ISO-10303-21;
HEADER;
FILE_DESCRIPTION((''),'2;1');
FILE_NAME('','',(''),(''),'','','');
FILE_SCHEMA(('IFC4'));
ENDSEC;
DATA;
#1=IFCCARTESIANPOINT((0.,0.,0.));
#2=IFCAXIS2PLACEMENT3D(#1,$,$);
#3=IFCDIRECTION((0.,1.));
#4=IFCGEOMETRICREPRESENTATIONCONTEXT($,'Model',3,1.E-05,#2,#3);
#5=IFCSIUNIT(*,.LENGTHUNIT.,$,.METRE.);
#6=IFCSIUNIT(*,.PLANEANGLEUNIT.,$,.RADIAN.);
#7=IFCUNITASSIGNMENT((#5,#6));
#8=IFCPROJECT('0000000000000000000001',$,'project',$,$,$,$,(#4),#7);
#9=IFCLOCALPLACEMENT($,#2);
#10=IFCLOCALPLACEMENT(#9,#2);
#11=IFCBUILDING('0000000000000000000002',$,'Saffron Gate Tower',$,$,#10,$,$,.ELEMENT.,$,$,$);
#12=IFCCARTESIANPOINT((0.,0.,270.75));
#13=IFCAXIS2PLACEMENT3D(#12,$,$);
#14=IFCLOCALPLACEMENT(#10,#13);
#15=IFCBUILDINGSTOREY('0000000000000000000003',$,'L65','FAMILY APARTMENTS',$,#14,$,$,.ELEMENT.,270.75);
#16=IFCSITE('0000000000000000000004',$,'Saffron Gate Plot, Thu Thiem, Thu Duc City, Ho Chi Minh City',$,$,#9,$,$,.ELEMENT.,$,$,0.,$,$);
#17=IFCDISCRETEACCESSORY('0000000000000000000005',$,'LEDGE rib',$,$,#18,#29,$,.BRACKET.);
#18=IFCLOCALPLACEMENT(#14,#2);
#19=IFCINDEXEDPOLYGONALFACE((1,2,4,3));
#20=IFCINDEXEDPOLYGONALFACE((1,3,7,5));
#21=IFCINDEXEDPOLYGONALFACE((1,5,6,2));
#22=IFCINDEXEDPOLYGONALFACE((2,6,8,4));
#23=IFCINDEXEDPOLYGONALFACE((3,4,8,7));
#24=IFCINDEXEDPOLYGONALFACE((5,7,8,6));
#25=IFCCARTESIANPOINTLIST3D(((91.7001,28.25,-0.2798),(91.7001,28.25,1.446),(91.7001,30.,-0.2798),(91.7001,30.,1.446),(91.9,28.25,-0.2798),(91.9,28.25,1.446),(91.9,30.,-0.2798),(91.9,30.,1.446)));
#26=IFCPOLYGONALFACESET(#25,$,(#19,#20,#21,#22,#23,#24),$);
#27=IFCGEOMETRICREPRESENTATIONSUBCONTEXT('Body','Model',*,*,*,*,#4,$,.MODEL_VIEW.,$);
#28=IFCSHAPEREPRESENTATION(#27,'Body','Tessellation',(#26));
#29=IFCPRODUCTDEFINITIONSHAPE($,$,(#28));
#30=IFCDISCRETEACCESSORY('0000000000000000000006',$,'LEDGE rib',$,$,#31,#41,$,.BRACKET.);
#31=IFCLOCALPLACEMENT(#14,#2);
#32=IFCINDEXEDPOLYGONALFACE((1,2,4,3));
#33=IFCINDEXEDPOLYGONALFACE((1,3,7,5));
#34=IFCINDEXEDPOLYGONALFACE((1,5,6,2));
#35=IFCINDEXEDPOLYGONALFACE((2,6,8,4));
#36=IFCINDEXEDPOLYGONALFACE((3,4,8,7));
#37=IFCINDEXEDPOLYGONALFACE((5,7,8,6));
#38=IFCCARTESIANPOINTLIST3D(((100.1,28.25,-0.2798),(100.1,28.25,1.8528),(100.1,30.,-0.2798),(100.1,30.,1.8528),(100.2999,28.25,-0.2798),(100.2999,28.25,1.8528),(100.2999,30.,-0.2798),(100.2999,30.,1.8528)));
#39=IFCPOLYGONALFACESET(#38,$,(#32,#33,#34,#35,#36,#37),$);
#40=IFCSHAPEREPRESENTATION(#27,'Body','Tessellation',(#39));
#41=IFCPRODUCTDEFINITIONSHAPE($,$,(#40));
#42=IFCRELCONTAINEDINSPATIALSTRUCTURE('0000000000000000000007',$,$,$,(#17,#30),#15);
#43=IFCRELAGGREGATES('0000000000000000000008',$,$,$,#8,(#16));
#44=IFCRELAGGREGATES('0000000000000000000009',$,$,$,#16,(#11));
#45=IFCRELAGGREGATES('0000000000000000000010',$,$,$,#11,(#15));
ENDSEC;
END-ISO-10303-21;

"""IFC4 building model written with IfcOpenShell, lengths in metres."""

from ifc_helpers import new_model, si_unit, direction, frame, origin, origin_2d, place, context, subcontext, project, spatial, rectangle, extrude, element, save


model = new_model("IFC4")

# Units and contexts
model_context = context("Model", 3, precision=1e-05, world=origin(), true_north=direction((0.0, 1.0)))
body_context = subcontext(model_context, "Body", "Model", "MODEL_VIEW")
ifc_project = project(units=[si_unit("LENGTHUNIT", "METRE"), si_unit("PLANEANGLEUNIT", "RADIAN")], contexts=[model_context])

# Site, building, storey
site_placement = place(None, origin())
site = spatial("IfcSite", under=ifc_project, at=site_placement, Name="Saffron Gate Plot, Thu Thiem, Thu Duc City, Ho Chi Minh City", CompositionType="ELEMENT", RefElevation=0.0)
building_placement = place(site_placement, origin())
building = spatial("IfcBuilding", under=site, at=building_placement, Name="Saffron Gate Tower", CompositionType="ELEMENT")
storey_placement = place(building_placement, frame((0.0, 0.0, 270.75)))
storey = spatial("IfcBuildingStorey", under=building, at=storey_placement, Name="L65", Description="FAMILY APARTMENTS", CompositionType="ELEMENT", Elevation=270.75)

# Discrete accessories
discrete_accessory_1_placement = place(storey_placement, frame((91.8, 29.125, -0.2798), z_axis=(0.0, 0.0, 1.0), x_axis=(1.0, 0.0, 0.0)))
element("IfcDiscreteAccessory", 1, at=discrete_accessory_1_placement, inside=storey, Name="LEDGE rib", PredefinedType="BRACKET", context=body_context, shape_type="SweptSolid", body=[
    extrude(rectangle(XDim=0.2, YDim=1.75, at=origin_2d()), origin(), (0.0, 0.0, 1.0), 1.7258),
])
discrete_accessory_2_placement = place(storey_placement, frame((100.2, 29.125, -0.2798), z_axis=(0.0, 0.0, 1.0), x_axis=(1.0, 0.0, 0.0)))
element("IfcDiscreteAccessory", 2, at=discrete_accessory_2_placement, inside=storey, Name="LEDGE rib", PredefinedType="BRACKET", context=body_context, shape_type="SweptSolid", body=[
    extrude(rectangle(XDim=0.2, YDim=1.75, at=origin_2d()), origin(), (0.0, 0.0, 1.0), 2.1326),
])

save(model, "model.ifc")
